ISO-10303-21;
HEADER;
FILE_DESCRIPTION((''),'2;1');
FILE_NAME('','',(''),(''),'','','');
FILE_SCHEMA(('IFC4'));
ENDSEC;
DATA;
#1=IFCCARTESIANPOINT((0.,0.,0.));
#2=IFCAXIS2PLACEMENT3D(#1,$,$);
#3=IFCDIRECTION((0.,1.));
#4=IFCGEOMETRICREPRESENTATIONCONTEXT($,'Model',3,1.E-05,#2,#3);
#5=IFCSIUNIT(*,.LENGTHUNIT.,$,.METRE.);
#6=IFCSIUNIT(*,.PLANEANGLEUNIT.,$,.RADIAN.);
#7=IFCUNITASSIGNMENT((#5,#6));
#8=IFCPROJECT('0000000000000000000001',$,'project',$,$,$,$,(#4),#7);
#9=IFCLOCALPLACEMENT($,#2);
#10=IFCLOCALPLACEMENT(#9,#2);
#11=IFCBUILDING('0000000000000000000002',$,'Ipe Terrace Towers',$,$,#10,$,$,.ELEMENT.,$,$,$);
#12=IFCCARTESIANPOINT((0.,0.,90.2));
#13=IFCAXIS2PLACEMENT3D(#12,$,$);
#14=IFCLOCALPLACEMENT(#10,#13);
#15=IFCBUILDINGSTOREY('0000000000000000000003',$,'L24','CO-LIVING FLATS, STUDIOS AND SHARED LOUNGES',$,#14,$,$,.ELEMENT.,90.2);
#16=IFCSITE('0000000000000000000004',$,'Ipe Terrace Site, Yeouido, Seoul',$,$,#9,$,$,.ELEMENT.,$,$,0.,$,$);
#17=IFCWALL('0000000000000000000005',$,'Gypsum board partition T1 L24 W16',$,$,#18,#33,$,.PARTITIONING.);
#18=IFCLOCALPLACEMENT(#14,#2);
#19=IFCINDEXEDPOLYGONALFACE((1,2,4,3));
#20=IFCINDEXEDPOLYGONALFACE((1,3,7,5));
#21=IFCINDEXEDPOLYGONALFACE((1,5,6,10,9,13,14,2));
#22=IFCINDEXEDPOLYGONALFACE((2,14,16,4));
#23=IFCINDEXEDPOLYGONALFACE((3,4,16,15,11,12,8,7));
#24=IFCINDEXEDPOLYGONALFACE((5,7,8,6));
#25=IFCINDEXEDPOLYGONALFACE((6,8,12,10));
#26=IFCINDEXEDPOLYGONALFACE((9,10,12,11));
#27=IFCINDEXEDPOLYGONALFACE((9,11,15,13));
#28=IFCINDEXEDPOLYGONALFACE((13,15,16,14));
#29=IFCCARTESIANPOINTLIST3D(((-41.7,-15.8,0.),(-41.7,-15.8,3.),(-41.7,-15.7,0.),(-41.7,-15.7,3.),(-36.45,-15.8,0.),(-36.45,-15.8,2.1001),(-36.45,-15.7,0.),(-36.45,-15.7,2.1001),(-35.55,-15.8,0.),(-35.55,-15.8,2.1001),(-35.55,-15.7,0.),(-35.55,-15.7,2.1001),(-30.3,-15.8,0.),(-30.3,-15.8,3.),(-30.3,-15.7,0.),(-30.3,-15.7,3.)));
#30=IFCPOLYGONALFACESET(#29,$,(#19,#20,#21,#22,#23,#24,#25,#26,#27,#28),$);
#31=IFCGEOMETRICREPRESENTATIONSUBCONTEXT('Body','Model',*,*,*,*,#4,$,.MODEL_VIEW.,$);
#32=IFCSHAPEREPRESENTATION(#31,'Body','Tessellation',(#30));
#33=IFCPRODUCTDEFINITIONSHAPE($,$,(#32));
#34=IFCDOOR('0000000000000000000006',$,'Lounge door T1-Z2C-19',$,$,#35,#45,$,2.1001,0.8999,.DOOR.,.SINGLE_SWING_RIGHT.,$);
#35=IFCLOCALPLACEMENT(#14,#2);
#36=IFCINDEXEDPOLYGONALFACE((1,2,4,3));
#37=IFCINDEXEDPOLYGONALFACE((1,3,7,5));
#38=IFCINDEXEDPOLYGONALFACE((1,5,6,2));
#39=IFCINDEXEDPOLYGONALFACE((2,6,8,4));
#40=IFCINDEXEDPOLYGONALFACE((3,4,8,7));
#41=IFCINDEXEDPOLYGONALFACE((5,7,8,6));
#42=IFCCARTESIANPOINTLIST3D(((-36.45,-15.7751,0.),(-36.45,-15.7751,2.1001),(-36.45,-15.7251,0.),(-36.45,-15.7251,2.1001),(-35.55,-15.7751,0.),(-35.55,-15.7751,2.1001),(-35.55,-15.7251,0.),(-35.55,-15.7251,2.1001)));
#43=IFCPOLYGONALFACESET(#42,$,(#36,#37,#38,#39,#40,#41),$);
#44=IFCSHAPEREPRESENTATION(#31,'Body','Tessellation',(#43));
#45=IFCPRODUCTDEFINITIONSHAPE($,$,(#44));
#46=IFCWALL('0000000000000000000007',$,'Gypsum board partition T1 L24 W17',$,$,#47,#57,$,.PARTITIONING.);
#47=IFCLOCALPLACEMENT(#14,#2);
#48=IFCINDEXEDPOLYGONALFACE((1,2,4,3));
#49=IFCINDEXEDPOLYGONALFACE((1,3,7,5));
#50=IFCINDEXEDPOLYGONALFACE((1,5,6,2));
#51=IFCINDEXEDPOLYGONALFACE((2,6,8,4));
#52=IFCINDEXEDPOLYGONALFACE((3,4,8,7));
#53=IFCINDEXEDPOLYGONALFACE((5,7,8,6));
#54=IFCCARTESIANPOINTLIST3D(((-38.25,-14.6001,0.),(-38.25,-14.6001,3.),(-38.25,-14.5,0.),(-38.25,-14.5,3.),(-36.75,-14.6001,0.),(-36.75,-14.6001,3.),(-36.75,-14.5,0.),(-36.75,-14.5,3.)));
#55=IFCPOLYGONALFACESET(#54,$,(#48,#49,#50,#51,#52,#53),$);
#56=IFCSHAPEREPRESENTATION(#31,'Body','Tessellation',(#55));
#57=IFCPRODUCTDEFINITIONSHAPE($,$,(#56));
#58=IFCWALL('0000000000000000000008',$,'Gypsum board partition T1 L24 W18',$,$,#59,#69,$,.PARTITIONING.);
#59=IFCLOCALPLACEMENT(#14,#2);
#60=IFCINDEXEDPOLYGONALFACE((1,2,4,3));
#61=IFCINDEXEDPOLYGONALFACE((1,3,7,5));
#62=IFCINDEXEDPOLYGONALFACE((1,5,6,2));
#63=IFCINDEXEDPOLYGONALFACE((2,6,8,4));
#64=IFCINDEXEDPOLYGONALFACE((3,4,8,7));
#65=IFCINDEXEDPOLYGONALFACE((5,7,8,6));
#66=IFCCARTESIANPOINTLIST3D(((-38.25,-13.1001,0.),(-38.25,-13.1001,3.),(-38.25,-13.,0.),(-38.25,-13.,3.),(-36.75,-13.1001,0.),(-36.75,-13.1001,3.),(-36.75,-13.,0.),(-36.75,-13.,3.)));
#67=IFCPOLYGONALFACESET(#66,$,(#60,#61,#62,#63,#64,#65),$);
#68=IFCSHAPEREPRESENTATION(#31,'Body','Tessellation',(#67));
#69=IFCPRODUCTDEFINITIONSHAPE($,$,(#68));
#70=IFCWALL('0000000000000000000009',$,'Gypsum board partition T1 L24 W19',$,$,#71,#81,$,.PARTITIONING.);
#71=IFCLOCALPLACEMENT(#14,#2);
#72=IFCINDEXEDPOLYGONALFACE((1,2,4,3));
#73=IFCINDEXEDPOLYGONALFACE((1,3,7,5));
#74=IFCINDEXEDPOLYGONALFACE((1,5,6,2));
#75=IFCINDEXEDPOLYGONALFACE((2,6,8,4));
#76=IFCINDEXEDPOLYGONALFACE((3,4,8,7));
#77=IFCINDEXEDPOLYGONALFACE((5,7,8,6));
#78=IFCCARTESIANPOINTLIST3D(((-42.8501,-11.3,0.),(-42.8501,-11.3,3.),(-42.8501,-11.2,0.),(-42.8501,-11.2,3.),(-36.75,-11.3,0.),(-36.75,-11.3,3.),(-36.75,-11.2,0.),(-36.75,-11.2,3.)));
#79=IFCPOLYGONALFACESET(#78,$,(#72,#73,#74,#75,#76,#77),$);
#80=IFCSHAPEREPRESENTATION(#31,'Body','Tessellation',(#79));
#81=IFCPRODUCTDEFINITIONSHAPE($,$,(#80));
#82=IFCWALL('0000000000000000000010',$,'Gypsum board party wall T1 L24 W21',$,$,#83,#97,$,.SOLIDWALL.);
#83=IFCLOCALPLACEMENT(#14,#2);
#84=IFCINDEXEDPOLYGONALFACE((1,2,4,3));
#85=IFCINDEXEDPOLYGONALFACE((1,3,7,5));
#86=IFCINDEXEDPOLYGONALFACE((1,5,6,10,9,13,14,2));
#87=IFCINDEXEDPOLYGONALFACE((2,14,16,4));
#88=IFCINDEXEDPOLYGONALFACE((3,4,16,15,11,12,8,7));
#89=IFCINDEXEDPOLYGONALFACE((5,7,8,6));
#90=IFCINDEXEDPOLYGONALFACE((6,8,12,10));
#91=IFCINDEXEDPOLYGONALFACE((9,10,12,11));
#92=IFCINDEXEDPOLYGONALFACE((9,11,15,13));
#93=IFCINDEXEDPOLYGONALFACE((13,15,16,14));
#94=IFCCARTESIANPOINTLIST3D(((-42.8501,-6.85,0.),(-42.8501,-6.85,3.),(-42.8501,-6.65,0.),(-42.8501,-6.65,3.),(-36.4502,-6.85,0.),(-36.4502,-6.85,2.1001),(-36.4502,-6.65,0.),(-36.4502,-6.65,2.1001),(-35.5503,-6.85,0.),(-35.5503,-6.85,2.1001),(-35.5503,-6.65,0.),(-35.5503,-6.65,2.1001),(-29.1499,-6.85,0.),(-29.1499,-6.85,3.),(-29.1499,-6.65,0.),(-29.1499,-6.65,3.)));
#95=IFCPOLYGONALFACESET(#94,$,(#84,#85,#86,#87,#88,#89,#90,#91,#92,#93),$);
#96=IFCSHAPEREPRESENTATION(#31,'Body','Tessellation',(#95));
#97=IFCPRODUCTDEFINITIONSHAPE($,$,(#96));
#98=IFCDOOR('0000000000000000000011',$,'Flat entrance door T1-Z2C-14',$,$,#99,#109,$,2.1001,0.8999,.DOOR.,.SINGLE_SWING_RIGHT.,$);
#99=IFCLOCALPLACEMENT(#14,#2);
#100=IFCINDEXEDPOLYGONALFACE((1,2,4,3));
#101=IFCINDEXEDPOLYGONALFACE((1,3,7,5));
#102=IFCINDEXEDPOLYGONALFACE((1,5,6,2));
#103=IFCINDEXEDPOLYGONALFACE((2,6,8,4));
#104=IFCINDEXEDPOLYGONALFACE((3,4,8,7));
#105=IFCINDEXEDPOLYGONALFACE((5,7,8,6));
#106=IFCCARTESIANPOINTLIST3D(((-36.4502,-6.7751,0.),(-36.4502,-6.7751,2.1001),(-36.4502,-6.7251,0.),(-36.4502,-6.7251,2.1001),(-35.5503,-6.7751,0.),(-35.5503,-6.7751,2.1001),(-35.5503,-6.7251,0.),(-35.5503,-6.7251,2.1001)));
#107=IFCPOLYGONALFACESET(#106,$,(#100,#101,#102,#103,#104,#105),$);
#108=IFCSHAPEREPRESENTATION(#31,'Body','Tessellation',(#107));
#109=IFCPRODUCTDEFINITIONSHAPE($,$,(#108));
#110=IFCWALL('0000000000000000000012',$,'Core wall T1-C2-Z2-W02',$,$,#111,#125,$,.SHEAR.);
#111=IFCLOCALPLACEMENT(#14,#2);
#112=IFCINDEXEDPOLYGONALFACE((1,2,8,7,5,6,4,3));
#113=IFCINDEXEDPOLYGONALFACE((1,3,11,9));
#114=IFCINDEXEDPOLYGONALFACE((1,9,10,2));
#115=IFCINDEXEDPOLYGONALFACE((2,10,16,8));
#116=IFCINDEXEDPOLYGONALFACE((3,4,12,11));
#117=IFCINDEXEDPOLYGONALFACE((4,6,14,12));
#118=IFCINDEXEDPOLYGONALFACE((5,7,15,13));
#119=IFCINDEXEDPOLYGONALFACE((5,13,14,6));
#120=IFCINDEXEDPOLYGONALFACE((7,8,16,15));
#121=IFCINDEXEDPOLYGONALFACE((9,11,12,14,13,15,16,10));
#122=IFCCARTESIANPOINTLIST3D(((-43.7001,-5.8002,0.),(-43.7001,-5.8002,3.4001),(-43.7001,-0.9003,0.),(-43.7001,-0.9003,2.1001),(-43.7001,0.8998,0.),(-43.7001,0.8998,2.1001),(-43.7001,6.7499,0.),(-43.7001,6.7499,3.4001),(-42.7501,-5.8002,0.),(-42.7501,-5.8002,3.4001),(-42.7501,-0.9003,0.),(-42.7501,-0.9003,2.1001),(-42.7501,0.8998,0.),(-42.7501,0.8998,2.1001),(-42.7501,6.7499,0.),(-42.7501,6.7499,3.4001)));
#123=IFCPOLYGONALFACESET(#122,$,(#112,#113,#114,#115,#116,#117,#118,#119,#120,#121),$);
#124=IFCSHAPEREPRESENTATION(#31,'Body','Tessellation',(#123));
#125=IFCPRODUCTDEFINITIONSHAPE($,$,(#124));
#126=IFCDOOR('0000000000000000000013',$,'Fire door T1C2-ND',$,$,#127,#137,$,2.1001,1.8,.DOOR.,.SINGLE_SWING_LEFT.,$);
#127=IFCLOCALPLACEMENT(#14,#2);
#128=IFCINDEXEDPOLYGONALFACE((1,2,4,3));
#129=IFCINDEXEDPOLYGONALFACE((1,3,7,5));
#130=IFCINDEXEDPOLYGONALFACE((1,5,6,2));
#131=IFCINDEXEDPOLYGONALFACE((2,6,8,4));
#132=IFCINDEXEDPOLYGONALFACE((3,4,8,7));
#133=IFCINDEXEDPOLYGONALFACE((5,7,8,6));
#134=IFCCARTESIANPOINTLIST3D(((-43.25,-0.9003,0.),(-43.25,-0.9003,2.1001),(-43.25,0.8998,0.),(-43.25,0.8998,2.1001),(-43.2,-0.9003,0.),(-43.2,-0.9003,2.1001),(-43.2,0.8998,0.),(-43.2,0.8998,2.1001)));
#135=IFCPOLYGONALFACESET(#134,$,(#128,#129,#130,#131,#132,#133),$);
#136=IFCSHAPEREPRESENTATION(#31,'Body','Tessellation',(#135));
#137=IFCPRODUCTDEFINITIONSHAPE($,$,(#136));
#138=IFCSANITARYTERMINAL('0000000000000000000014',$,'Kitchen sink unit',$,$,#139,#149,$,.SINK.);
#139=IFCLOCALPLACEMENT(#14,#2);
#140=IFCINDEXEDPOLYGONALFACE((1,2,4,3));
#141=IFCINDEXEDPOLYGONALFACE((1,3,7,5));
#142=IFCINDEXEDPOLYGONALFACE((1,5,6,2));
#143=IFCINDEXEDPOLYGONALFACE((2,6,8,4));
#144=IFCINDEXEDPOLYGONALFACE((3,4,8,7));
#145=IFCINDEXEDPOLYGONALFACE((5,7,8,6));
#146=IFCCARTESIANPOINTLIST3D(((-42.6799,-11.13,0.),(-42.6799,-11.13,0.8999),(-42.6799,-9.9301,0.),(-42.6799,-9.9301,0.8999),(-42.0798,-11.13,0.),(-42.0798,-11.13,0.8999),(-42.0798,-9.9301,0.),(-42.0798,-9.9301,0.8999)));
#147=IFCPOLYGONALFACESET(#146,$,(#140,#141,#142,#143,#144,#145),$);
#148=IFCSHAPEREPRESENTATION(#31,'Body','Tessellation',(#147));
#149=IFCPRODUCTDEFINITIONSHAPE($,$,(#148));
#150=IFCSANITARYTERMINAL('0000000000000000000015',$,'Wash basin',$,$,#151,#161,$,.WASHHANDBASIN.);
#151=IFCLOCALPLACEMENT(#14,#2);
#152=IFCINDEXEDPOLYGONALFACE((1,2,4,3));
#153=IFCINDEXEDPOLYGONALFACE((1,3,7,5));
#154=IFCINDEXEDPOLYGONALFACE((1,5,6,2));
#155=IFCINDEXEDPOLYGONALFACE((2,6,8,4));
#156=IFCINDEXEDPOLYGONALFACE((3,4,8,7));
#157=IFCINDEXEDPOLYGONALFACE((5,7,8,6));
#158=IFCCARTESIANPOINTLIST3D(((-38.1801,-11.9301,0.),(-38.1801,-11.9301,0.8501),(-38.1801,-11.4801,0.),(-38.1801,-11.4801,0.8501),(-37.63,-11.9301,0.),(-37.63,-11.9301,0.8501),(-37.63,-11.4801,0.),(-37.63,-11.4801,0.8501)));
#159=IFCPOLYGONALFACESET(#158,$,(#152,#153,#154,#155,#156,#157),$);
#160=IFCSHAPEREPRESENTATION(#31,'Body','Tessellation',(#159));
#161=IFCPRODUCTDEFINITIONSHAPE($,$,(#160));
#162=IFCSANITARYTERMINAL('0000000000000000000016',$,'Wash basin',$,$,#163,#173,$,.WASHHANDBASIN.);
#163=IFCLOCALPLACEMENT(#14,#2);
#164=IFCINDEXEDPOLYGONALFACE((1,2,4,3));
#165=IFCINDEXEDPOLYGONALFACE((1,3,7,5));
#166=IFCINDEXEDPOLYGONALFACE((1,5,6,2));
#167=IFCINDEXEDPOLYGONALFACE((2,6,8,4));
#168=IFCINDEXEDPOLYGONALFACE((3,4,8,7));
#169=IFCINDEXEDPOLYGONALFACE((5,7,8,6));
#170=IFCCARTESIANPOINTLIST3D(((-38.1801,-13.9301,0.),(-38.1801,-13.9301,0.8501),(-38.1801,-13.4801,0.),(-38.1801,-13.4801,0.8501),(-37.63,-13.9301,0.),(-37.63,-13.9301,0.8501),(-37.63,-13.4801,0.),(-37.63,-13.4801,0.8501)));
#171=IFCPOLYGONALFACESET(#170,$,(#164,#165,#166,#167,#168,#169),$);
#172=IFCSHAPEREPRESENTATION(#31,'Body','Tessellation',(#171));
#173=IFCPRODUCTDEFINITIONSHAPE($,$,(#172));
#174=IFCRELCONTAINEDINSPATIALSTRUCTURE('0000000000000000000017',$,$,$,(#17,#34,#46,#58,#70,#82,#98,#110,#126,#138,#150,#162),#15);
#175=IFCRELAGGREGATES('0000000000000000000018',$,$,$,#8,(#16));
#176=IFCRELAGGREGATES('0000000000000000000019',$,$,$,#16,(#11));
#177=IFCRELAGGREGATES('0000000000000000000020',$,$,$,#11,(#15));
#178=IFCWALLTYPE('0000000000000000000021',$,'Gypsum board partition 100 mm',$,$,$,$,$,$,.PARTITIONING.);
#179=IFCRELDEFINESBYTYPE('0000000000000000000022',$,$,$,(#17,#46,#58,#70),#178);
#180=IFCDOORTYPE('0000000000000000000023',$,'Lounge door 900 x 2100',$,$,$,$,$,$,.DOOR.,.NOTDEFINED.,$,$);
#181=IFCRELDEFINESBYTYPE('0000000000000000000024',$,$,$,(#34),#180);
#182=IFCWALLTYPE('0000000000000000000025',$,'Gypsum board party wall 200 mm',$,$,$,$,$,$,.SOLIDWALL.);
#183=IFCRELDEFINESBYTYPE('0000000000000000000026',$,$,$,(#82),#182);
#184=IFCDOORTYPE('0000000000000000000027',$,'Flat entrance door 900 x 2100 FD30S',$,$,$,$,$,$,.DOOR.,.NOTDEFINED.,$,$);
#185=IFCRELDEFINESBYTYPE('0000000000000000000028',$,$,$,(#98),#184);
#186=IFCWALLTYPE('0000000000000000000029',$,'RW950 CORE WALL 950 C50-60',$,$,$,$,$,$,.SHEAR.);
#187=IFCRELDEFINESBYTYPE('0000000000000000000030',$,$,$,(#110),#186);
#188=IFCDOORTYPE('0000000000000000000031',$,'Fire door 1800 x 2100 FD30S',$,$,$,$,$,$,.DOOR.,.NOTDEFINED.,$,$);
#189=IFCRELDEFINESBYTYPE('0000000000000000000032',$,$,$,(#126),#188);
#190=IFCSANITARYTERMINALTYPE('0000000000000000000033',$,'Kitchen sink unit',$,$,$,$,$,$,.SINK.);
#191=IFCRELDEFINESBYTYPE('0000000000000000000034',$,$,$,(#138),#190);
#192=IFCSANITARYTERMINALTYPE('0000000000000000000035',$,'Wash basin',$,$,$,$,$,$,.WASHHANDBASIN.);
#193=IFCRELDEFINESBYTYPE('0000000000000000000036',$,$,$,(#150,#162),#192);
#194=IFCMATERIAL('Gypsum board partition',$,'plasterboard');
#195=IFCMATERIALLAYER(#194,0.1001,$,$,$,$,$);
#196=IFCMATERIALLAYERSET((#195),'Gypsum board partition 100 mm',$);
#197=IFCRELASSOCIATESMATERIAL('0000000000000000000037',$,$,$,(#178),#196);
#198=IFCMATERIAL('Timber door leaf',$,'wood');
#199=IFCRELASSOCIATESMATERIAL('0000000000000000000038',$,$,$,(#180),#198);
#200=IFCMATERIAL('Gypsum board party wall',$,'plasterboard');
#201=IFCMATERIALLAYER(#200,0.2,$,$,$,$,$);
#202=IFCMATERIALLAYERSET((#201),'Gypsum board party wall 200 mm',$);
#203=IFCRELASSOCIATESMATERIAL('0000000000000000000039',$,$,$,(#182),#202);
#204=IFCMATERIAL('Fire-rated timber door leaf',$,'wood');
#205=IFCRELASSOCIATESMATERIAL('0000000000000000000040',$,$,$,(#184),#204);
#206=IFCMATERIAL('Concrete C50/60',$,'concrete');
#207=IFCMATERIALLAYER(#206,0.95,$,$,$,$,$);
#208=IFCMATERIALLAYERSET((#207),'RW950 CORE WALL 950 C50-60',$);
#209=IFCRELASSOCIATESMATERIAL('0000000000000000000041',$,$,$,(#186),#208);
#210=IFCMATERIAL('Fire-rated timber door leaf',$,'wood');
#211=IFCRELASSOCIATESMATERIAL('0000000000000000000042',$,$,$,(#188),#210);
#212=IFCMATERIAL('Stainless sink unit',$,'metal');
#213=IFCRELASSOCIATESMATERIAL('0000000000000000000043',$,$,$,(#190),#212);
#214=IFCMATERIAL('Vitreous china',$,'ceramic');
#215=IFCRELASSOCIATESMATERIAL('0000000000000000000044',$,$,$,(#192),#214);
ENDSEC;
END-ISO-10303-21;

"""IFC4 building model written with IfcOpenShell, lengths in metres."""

from ifc_helpers import new_model, si_unit, direction, frame, frame_2d, origin, origin_2d, place, context, subcontext, project, spatial, rectangle, extrude, material, layer, layer_set, type_object, element, fill, save


model = new_model("IFC4")

# Units and contexts
model_context = context("Model", 3, precision=1e-05, world=origin(), true_north=direction((0.0, 1.0)))
body_context = subcontext(model_context, "Body", "Model", "MODEL_VIEW")
ifc_project = project(units=[si_unit("LENGTHUNIT", "METRE"), si_unit("PLANEANGLEUNIT", "RADIAN")], contexts=[model_context])

# Site, building, storey
site_placement = place(None, origin())
site = spatial("IfcSite", under=ifc_project, at=site_placement, Name="Ipe Terrace Site, Yeouido, Seoul", CompositionType="ELEMENT", RefElevation=0.0)
building_placement = place(site_placement, origin())
building = spatial("IfcBuilding", under=site, at=building_placement, Name="Ipe Terrace Towers", CompositionType="ELEMENT")
storey_placement = place(building_placement, frame((0.0, 0.0, 90.2)))
storey = spatial("IfcBuildingStorey", under=building, at=storey_placement, Name="L24", Description="CO-LIVING FLATS, STUDIOS AND SHARED LOUNGES", CompositionType="ELEMENT", Elevation=90.2)

# Shared definitions
ifc_material_1 = material(Name="Gypsum board partition", Category="plasterboard")
ifc_layer_1 = layer(ifc_material_1, 0.1001)
ifc_layer_set_1 = layer_set([ifc_layer_1], Name="Gypsum board partition 100 mm")
wall_type_1 = type_object("IfcWallType", Name="Gypsum board partition 100 mm", PredefinedType="PARTITIONING", material=ifc_layer_set_1)

# Wall, opening, door
wall_1_placement = place(storey_placement, frame((-41.7, -15.75, 0.0), z_axis=(0.0, 0.0, 1.0), x_axis=(1.0, 0.0, 0.0)))
wall_1 = element("IfcWall", 1, at=wall_1_placement, inside=storey, type_object=wall_type_1, Name="Gypsum board partition T1 L24 W16", PredefinedType="PARTITIONING", context=body_context, shape_type="SweptSolid", body=[
    extrude(rectangle(XDim=11.3999, YDim=0.1001, at=frame_2d((5.7, 0.0))), origin(), (0.0, 0.0, 1.0), 3.0),
])
opening_1_placement = place(wall_1_placement, frame((5.25, 0.0, 0.0)))
opening_1 = element("IfcOpeningElement", 2, at=opening_1_placement, cuts=wall_1, PredefinedType="OPENING", context=body_context, shape_type="SweptSolid", body=[
    extrude(rectangle(XDim=0.8999, YDim=2.1001, at=frame_2d((0.45, 1.05))), frame((0.0, 0.0601, 0.0), z_axis=(0.0, -1.0, 0.0), x_axis=(1.0, 0.0, 0.0)), (0.0, 0.0, 1.0), 0.1201),
])
ifc_material_2 = material(Name="Timber door leaf", Category="wood")
door_type_1 = type_object("IfcDoorType", Name="Lounge door 900 x 2100", OperationType="NOTDEFINED", PredefinedType="DOOR", material=ifc_material_2)
door_1_placement = place(opening_1_placement, origin())
door_1 = element("IfcDoor", 3, at=door_1_placement, inside=storey, type_object=door_type_1, Name="Lounge door T1-Z2C-19", OperationType="SINGLE_SWING_RIGHT", OverallHeight=2.1001, OverallWidth=0.8999, PredefinedType="DOOR", context=body_context, shape_type="SweptSolid", body=[
    extrude(rectangle(XDim=0.8999, YDim=2.1001, at=frame_2d((0.45, 1.05))), frame((0.0, 0.0249, 0.0), z_axis=(0.0, -1.0, 0.0), x_axis=(1.0, 0.0, 0.0)), (0.0, 0.0, 1.0), 0.05),
])
fill(opening_1, door_1)

# Walls
for number, where, z_axis, x_axis, name in (
    (4, (-38.25, -14.55, 0.0), (0.0, 0.0, 1.0), (1.0, 0.0, 0.0), "Gypsum board partition T1 L24 W17"),
    (5, (-38.25, -13.05, 0.0), (0.0, 0.0, 1.0), (1.0, 0.0, 0.0), "Gypsum board partition T1 L24 W18"),
):
    element("IfcWall", number, at=place(storey_placement, frame(where, z_axis=z_axis, x_axis=x_axis)), inside=storey, type_object=wall_type_1, Name=name, PredefinedType="PARTITIONING", context=body_context, shape_type="SweptSolid", body=[
        extrude(rectangle(XDim=1.5, YDim=0.1001, at=frame_2d((0.75, 0.0))), origin(), (0.0, 0.0, 1.0), 3.0),
    ])
wall_2_placement = place(storey_placement, frame((-42.8501, -11.25, 0.0), z_axis=(0.0, 0.0, 1.0), x_axis=(1.0, 0.0, 0.0)))
element("IfcWall", 6, at=wall_2_placement, inside=storey, type_object=wall_type_1, Name="Gypsum board partition T1 L24 W19", PredefinedType="PARTITIONING", context=body_context, shape_type="SweptSolid", body=[
    extrude(rectangle(XDim=6.1001, YDim=0.1001, at=frame_2d((3.05, 0.0))), origin(), (0.0, 0.0, 1.0), 3.0),
])

# Walls, openings, doors
ifc_material_3 = material(Name="Gypsum board party wall", Category="plasterboard")
ifc_layer_2 = layer(ifc_material_3, 0.2)
ifc_layer_set_2 = layer_set([ifc_layer_2], Name="Gypsum board party wall 200 mm")
wall_type_2 = type_object("IfcWallType", Name="Gypsum board party wall 200 mm", PredefinedType="SOLIDWALL", material=ifc_layer_set_2)
wall_3_placement = place(storey_placement, frame((-42.8501, -6.75, 0.0), z_axis=(0.0, 0.0, 1.0), x_axis=(1.0, 0.0, 0.0)))
wall_3 = element("IfcWall", 7, at=wall_3_placement, inside=storey, type_object=wall_type_2, Name="Gypsum board party wall T1 L24 W21", PredefinedType="SOLIDWALL", context=body_context, shape_type="SweptSolid", body=[
    extrude(rectangle(XDim=13.7002, YDim=0.2, at=frame_2d((6.8501, 0.0))), origin(), (0.0, 0.0, 1.0), 3.0),
])
opening_2_placement = place(wall_3_placement, frame((6.3999, 0.0, 0.0)))
opening_2 = element("IfcOpeningElement", 8, at=opening_2_placement, cuts=wall_3, PredefinedType="OPENING", context=body_context, shape_type="SweptSolid", body=[
    extrude(rectangle(XDim=0.8999, YDim=2.1001, at=frame_2d((0.45, 1.05))), frame((0.0, 0.1099, 0.0), z_axis=(0.0, -1.0, 0.0), x_axis=(1.0, 0.0, 0.0)), (0.0, 0.0, 1.0), 0.22),
])
ifc_material_4 = material(Name="Fire-rated timber door leaf", Category="wood")
door_type_2 = type_object("IfcDoorType", Name="Flat entrance door 900 x 2100 FD30S", OperationType="NOTDEFINED", PredefinedType="DOOR", material=ifc_material_4)
door_2_placement = place(opening_2_placement, origin())
door_2 = element("IfcDoor", 9, at=door_2_placement, inside=storey, type_object=door_type_2, Name="Flat entrance door T1-Z2C-14", OperationType="SINGLE_SWING_RIGHT", OverallHeight=2.1001, OverallWidth=0.8999, PredefinedType="DOOR", context=body_context, shape_type="SweptSolid", body=[
    extrude(rectangle(XDim=0.8999, YDim=2.1001, at=frame_2d((0.45, 1.05))), frame((0.0, 0.0249, 0.0), z_axis=(0.0, -1.0, 0.0), x_axis=(1.0, 0.0, 0.0)), (0.0, 0.0, 1.0), 0.05),
])
fill(opening_2, door_2)
ifc_material_5 = material(Name="Concrete C50/60", Category="concrete")
ifc_layer_3 = layer(ifc_material_5, 0.95)
ifc_layer_set_3 = layer_set([ifc_layer_3], Name="RW950 CORE WALL 950 C50-60")
wall_type_3 = type_object("IfcWallType", Name="RW950 CORE WALL 950 C50-60", PredefinedType="SHEAR", material=ifc_layer_set_3)
wall_4_placement = place(storey_placement, frame((-43.2251, -5.8, 0.0), z_axis=(0.0, 0.0, 1.0), x_axis=(0.0, 1.0, 0.0)))
wall_4 = element("IfcWall", 10, at=wall_4_placement, inside=storey, type_object=wall_type_3, Name="Core wall T1-C2-Z2-W02", PredefinedType="SHEAR", context=body_context, shape_type="SweptSolid", body=[
    extrude(rectangle(XDim=12.55, YDim=0.95, at=frame_2d((6.2749, 0.0))), origin(), (0.0, 0.0, 1.0), 3.4001),
])
opening_3_placement = place(wall_4_placement, frame((4.8999, 0.0, 0.0)))
opening_3 = element("IfcOpeningElement", 11, at=opening_3_placement, cuts=wall_4, PredefinedType="OPENING", context=body_context, shape_type="SweptSolid", body=[
    extrude(rectangle(XDim=1.8, YDim=2.1001, at=frame_2d((0.8999, 1.05))), frame((0.0, 0.4849, 0.0), z_axis=(0.0, -1.0, 0.0), x_axis=(1.0, 0.0, 0.0)), (0.0, 0.0, 1.0), 0.97),
])
ifc_material_6 = material(Name="Fire-rated timber door leaf", Category="wood")
door_type_3 = type_object("IfcDoorType", Name="Fire door 1800 x 2100 FD30S", OperationType="NOTDEFINED", PredefinedType="DOOR", material=ifc_material_6)
door_3_placement = place(opening_3_placement, origin())
door_3 = element("IfcDoor", 12, at=door_3_placement, inside=storey, type_object=door_type_3, Name="Fire door T1C2-ND", OperationType="SINGLE_SWING_LEFT", OverallHeight=2.1001, OverallWidth=1.8, PredefinedType="DOOR", context=body_context, shape_type="SweptSolid", body=[
    extrude(rectangle(XDim=1.8, YDim=2.1001, at=frame_2d((0.8999, 1.05))), frame((0.0, 0.0249, 0.0), z_axis=(0.0, -1.0, 0.0), x_axis=(1.0, 0.0, 0.0)), (0.0, 0.0, 1.0), 0.05),
])
fill(opening_3, door_3)

# Sanitary terminals
ifc_material_7 = material(Name="Stainless sink unit", Category="metal")
sanitary_terminal_type_1 = type_object("IfcSanitaryTerminalType", Name="Kitchen sink unit", PredefinedType="SINK", material=ifc_material_7)
sanitary_terminal_placement = place(storey_placement, frame((-42.3799, -10.53, 0.0), z_axis=(0.0, 0.0, 1.0), x_axis=(0.0, 1.0, 0.0)))
element("IfcSanitaryTerminal", 13, at=sanitary_terminal_placement, inside=storey, type_object=sanitary_terminal_type_1, Name="Kitchen sink unit", PredefinedType="SINK", context=body_context, shape_type="SweptSolid", body=[
    extrude(rectangle(XDim=1.2, YDim=0.6001, at=origin_2d()), origin(), (0.0, 0.0, 1.0), 0.8999),
])
ifc_material_8 = material(Name="Vitreous china", Category="ceramic")
sanitary_terminal_type_2 = type_object("IfcSanitaryTerminalType", Name="Wash basin", PredefinedType="WASHHANDBASIN", material=ifc_material_8)
for number, where, z_axis, x_axis, name in (
    (14, (-37.905, -11.7051, 0.0), (0.0, 0.0, 1.0), (1.0, 0.0, 0.0), "Wash basin"),
    (15, (-37.905, -13.7051, 0.0), (0.0, 0.0, 1.0), (1.0, 0.0, 0.0), "Wash basin"),
):
    element("IfcSanitaryTerminal", number, at=place(storey_placement, frame(where, z_axis=z_axis, x_axis=x_axis)), inside=storey, type_object=sanitary_terminal_type_2, Name=name, PredefinedType="WASHHANDBASIN", context=body_context, shape_type="SweptSolid", body=[
        extrude(rectangle(XDim=0.55, YDim=0.45, at=origin_2d()), origin(), (0.0, 0.0, 1.0), 0.8501),
    ])

save(model, "model.ifc")
